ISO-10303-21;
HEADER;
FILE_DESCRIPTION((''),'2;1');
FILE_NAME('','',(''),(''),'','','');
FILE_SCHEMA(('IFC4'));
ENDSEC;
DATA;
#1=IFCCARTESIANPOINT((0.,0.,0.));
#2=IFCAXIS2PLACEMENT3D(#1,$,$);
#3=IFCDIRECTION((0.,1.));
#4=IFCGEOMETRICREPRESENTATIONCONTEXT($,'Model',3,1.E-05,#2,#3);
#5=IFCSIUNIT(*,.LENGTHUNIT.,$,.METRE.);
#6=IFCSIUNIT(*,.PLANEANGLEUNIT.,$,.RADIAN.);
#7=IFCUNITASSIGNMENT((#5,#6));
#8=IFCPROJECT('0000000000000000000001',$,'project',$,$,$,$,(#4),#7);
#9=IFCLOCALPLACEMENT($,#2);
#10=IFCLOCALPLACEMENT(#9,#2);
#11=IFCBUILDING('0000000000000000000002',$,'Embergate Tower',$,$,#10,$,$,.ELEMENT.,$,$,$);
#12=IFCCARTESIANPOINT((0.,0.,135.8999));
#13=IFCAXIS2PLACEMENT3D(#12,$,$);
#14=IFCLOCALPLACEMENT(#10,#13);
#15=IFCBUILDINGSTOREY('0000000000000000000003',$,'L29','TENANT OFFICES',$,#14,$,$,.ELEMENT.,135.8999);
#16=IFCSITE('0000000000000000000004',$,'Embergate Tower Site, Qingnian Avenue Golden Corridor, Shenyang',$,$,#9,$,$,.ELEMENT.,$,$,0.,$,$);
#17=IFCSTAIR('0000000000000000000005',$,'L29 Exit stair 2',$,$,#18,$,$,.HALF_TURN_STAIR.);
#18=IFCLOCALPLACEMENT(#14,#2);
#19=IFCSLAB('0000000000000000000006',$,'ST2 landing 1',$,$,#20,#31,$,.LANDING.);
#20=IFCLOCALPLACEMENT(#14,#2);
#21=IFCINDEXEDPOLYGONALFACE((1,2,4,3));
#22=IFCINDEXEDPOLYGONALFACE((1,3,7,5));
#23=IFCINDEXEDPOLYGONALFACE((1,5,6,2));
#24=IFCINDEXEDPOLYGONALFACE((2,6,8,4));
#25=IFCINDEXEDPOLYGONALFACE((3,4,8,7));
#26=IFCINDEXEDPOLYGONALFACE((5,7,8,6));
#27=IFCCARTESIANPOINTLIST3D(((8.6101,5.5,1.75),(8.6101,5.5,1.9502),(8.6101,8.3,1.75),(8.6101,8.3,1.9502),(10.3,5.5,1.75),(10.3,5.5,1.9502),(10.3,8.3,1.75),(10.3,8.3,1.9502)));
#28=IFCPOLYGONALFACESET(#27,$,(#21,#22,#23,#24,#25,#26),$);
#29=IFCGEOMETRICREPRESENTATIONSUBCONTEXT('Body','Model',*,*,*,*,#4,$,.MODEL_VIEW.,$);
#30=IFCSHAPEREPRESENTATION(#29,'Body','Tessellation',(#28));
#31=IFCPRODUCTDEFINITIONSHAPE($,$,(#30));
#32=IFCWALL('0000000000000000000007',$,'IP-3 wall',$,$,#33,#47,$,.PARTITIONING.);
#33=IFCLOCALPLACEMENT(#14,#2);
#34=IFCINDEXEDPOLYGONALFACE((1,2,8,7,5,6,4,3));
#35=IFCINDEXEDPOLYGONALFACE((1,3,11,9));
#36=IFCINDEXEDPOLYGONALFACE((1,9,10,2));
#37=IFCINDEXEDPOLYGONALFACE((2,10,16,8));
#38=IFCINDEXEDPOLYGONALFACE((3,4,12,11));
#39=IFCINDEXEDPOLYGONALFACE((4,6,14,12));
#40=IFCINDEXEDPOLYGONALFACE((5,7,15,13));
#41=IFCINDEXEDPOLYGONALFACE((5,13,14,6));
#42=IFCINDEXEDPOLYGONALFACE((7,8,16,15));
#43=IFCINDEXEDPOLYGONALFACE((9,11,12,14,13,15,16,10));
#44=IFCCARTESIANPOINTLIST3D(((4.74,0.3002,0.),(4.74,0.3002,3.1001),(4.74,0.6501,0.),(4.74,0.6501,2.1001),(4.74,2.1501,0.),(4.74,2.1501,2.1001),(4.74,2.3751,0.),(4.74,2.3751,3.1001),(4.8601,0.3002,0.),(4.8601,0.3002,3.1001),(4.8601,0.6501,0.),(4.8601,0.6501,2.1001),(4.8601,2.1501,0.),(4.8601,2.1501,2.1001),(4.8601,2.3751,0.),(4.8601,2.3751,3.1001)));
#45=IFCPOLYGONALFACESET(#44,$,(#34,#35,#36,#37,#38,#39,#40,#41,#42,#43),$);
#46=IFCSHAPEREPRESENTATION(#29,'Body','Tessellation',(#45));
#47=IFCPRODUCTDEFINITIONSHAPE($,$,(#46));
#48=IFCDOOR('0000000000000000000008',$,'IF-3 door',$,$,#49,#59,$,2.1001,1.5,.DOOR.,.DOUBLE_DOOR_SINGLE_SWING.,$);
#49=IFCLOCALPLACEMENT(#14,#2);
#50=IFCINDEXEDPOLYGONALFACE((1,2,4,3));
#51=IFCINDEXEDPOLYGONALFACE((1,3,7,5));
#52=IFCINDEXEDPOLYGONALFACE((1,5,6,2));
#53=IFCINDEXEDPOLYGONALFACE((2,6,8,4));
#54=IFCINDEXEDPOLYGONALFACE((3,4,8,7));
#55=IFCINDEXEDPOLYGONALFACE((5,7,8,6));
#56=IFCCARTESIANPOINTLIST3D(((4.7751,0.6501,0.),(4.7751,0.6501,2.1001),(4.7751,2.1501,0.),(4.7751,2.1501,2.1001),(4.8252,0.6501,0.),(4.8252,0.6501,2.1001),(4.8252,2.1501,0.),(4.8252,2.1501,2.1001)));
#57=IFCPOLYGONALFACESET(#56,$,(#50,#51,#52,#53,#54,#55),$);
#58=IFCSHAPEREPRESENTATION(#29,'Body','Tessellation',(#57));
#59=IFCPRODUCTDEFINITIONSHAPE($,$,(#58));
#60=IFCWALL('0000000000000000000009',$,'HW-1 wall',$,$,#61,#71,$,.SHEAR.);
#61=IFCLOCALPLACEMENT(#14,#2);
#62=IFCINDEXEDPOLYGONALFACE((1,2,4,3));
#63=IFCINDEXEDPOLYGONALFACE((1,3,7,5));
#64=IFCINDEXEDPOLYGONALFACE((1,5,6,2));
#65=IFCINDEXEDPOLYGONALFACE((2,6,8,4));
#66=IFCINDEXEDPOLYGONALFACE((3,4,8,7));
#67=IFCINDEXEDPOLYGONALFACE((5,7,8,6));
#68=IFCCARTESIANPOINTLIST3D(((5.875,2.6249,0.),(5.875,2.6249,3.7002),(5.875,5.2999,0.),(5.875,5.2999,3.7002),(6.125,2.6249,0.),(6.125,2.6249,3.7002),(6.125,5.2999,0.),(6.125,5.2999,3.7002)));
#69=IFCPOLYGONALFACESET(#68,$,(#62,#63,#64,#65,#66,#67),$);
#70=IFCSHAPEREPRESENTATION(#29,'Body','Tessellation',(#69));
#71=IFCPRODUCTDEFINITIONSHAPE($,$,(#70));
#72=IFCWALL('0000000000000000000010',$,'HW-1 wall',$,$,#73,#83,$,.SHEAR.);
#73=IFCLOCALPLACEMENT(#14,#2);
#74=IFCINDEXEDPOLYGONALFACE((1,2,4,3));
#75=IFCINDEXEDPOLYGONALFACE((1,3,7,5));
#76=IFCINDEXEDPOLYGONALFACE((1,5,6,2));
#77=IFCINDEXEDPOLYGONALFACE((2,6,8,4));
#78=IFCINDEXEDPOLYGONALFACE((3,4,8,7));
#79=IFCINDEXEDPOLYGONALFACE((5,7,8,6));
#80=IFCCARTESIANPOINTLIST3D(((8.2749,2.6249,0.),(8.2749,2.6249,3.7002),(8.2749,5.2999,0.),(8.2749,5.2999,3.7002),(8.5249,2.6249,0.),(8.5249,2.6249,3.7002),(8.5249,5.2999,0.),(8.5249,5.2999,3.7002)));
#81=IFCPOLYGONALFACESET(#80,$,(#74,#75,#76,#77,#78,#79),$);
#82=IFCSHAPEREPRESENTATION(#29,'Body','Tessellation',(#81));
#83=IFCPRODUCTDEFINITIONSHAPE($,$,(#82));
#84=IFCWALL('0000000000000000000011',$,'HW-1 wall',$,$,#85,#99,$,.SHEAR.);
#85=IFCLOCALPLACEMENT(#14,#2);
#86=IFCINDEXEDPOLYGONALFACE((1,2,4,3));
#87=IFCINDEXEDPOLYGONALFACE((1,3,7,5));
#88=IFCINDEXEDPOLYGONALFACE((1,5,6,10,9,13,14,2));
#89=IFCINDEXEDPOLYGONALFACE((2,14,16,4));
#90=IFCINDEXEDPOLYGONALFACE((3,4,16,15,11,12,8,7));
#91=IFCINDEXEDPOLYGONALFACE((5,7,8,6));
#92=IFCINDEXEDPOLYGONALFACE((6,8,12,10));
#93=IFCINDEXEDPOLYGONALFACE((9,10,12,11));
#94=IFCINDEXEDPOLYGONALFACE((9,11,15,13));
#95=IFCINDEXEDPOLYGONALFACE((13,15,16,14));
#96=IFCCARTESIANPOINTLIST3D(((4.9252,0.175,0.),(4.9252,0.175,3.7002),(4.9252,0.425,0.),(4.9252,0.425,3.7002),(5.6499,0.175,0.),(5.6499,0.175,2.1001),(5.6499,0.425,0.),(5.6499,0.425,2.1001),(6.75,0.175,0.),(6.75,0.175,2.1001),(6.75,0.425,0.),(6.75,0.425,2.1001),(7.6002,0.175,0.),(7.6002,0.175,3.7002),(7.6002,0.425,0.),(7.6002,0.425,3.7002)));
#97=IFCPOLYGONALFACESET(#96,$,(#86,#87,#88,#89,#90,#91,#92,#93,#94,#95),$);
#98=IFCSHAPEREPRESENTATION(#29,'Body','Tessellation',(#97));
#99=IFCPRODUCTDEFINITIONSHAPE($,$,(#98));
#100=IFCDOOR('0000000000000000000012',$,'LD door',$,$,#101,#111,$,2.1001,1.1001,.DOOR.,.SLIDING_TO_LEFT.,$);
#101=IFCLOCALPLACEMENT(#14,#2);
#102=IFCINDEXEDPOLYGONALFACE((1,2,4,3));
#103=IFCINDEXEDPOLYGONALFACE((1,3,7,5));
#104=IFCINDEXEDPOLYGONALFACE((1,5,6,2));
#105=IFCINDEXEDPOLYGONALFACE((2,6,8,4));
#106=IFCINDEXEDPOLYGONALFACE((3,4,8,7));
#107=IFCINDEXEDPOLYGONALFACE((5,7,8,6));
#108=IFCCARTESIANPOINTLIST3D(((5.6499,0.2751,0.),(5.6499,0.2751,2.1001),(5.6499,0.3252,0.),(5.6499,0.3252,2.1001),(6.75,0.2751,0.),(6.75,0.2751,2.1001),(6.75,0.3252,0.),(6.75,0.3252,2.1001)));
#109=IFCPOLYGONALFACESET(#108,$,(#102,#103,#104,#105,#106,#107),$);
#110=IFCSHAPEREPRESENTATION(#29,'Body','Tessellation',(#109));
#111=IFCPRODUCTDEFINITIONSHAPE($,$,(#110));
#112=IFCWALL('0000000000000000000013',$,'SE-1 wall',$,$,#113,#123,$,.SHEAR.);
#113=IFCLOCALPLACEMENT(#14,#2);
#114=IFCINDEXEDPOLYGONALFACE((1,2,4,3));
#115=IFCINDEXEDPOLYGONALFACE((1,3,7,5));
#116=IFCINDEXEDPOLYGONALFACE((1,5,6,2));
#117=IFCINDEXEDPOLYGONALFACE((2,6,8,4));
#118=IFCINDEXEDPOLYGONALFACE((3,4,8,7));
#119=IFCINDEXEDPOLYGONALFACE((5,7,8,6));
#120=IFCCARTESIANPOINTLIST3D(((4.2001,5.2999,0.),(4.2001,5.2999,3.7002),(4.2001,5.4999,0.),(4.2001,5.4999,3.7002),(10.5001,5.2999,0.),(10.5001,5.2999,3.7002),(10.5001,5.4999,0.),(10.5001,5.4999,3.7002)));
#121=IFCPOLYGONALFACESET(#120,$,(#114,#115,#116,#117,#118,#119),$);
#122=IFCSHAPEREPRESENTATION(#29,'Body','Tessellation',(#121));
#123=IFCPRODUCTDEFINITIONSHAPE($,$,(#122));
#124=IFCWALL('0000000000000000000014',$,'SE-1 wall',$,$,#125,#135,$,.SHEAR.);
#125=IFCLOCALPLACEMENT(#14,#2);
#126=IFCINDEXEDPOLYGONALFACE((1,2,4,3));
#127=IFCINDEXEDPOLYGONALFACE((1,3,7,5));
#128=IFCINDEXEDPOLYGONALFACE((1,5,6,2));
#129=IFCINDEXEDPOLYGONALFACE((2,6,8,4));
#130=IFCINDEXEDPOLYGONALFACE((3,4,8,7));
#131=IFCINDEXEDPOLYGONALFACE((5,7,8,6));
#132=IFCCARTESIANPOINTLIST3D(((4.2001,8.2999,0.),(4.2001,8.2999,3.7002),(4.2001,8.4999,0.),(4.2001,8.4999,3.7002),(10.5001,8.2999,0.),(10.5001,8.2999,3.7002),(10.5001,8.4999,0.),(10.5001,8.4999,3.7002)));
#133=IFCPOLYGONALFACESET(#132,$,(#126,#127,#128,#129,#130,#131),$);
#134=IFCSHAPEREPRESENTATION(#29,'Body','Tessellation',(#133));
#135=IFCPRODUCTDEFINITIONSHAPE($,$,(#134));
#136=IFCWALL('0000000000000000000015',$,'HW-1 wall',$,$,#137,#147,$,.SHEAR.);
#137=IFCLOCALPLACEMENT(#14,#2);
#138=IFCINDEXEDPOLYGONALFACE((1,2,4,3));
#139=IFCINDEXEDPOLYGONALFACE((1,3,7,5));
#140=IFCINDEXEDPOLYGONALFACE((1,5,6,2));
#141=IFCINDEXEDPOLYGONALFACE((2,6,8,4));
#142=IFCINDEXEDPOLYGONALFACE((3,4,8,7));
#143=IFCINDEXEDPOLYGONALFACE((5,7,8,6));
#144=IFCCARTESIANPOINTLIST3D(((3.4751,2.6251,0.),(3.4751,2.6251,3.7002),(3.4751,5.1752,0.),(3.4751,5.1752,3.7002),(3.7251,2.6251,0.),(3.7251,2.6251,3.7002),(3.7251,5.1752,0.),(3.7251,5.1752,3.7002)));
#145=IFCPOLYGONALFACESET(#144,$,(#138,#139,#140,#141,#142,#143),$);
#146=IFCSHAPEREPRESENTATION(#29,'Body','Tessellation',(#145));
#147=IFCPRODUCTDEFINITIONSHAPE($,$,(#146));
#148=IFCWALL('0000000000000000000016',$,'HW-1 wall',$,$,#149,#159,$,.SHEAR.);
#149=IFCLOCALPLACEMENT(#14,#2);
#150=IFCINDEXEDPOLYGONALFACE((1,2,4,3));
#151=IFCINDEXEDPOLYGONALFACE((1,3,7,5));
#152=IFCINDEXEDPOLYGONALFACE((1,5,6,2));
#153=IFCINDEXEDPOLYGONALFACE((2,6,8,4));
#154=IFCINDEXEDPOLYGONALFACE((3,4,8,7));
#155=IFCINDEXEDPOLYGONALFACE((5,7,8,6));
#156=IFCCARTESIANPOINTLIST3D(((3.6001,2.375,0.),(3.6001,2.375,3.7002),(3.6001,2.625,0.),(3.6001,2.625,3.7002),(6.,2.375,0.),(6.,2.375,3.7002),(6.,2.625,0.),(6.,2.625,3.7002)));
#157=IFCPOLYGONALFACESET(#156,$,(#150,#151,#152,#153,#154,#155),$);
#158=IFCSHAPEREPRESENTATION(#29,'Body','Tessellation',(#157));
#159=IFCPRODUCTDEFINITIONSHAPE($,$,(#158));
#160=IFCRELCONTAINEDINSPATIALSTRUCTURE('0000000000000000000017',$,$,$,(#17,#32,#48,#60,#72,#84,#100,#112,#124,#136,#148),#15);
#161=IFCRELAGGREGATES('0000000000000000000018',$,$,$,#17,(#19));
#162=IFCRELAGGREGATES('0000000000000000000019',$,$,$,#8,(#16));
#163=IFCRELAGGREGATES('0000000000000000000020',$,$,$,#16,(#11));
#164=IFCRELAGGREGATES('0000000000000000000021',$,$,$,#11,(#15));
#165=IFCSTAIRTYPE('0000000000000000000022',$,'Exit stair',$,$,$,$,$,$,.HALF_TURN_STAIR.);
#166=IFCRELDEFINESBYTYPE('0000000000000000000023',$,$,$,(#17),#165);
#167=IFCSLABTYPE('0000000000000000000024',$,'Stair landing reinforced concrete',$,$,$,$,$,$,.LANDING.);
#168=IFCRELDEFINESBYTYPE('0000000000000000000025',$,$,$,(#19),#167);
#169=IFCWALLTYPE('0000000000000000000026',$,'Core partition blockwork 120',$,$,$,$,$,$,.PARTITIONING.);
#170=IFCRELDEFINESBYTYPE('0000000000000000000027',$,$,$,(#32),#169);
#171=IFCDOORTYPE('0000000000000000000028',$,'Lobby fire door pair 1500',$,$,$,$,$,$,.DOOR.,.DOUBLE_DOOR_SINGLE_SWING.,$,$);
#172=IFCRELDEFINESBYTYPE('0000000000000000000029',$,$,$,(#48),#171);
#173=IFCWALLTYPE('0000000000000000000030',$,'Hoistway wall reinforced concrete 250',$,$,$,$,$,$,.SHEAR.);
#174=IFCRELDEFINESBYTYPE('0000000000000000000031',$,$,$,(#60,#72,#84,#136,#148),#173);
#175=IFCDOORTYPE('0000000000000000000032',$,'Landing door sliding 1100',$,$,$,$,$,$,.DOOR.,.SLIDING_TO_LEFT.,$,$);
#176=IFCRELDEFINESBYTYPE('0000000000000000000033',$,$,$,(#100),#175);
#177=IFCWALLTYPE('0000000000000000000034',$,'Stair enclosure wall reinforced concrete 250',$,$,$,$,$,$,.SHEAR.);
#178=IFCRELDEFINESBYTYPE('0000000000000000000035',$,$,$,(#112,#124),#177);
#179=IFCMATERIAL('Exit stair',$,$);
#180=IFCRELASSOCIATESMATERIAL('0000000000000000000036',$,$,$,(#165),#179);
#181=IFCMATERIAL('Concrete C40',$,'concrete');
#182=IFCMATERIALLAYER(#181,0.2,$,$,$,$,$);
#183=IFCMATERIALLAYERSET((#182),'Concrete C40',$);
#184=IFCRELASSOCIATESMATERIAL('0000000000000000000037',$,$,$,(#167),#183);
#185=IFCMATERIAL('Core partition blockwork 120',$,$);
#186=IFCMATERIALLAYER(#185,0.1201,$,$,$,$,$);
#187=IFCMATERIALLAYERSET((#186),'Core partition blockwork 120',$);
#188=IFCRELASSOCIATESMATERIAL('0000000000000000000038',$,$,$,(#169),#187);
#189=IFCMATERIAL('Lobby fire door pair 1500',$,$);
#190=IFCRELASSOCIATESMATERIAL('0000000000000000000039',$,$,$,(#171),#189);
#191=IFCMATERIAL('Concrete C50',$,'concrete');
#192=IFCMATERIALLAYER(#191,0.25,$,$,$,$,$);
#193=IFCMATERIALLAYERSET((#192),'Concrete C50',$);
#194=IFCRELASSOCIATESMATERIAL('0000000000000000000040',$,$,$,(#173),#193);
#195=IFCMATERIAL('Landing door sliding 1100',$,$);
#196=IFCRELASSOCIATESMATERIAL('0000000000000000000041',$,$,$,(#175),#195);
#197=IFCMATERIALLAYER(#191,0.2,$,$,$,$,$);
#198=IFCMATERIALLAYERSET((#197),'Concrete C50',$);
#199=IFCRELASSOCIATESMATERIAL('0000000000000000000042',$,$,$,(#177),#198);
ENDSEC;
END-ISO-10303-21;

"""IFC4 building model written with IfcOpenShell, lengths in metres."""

from ifc_helpers import new_model, si_unit, direction, frame, frame_2d, origin, place, context, subcontext, project, spatial, polyline, rectangle, outline, extrude, source, transform, mapped, material, layer, layer_set, type_object, element, fill, aggregate, save


model = new_model("IFC4")

# Units and contexts
model_context = context("Model", 3, precision=1e-05, world=origin(), true_north=direction((0.0, 1.0)))
body_context = subcontext(model_context, "Body", "Model", "MODEL_VIEW")
ifc_project = project(units=[si_unit("LENGTHUNIT", "METRE"), si_unit("PLANEANGLEUNIT", "RADIAN")], contexts=[model_context])

# Site, building, storey
site_placement = place(None, origin())
site = spatial("IfcSite", under=ifc_project, at=site_placement, Name="Embergate Tower Site, Qingnian Avenue Golden Corridor, Shenyang", CompositionType="ELEMENT", RefElevation=0.0)
building_placement = place(site_placement, origin())
building = spatial("IfcBuilding", under=site, at=building_placement, Name="Embergate Tower", CompositionType="ELEMENT")
storey_placement = place(building_placement, frame((0.0, 0.0, 135.8999)))
storey = spatial("IfcBuildingStorey", under=building, at=storey_placement, Name="L29", Description="TENANT OFFICES", CompositionType="ELEMENT", Elevation=135.8999)

# Stair, slab
ifc_material_1 = material(Name="Exit stair")
stair_type = type_object("IfcStairType", Name="Exit stair", PredefinedType="HALF_TURN_STAIR", material=ifc_material_1)
stair_placement = place(storey_placement, origin())
stair = element("IfcStair", 1, at=stair_placement, inside=storey, type_object=stair_type, Name="L29 Exit stair 2", PredefinedType="HALF_TURN_STAIR")
ifc_material_2 = material(Name="Concrete C40", Category="concrete")
ifc_layer_1 = layer(ifc_material_2, 0.2)
ifc_layer_set_1 = layer_set([ifc_layer_1], Name="Concrete C40")
slab_type = type_object("IfcSlabType", Name="Stair landing reinforced concrete", PredefinedType="LANDING", material=ifc_layer_set_1)
shared_shape_1 = source(origin(), body_context, "Body", "SweptSolid", [
    extrude(outline(polyline([(0.0, 0.0), (1.6899, 0.0), (1.6899, 2.8), (0.0, 2.8), (0.0, 0.0)])), origin(), (0.0, 0.0, 1.0), 0.2002),
])
slab_placement = place(storey_placement, frame((8.6101, 5.5, 1.75)))
slab = element("IfcSlab", 2, at=slab_placement, type_object=slab_type, Name="ST2 landing 1", PredefinedType="LANDING", context=body_context, shape_type="MappedRepresentation", body=[
    mapped(shared_shape_1, transform((0.0, 0.0, 0.0))),
])

# Wall, opening, door
ifc_material_3 = material(Name="Core partition blockwork 120")
ifc_layer_2 = layer(ifc_material_3, 0.1201)
ifc_layer_set_2 = layer_set([ifc_layer_2], Name="Core partition blockwork 120")
wall_type_1 = type_object("IfcWallType", Name="Core partition blockwork 120", PredefinedType="PARTITIONING", material=ifc_layer_set_2)
shared_shape_2 = source(origin(), body_context, "Body", "SweptSolid", [
    extrude(rectangle(XDim=2.075, YDim=0.1201, at=frame_2d((1.0376, 0.0))), origin(), (0.0, 0.0, 1.0), 3.1001),
])
wall_1_placement = place(storey_placement, frame((4.8, 0.3, 0.0), z_axis=(0.0, 0.0, 1.0), x_axis=(0.0, 1.0, 0.0)))
wall_1 = element("IfcWall", 3, at=wall_1_placement, inside=storey, type_object=wall_type_1, Name="IP-3 wall", PredefinedType="PARTITIONING", context=body_context, shape_type="MappedRepresentation", body=[
    mapped(shared_shape_2, transform((0.0, 0.0, 0.0))),
])
shared_shape_3 = source(origin(), body_context, "Body", "SweptSolid", [
    extrude(rectangle(XDim=1.5, YDim=2.1001, at=frame_2d((0.75, 1.05))), frame((0.0, 0.0701, 0.0), z_axis=(0.0, -1.0, 0.0), x_axis=(1.0, 0.0, 0.0)), (0.0, 0.0, 1.0), 0.1401),
])
opening_1_placement = place(wall_1_placement, frame((0.3501, 0.0, 0.0)))
opening_1 = element("IfcOpeningElement", 4, at=opening_1_placement, cuts=wall_1, PredefinedType="OPENING", context=body_context, shape_type="MappedRepresentation", body=[
    mapped(shared_shape_3, transform((0.0, 0.0, 0.0))),
])
ifc_material_4 = material(Name="Lobby fire door pair 1500")
door_type_1 = type_object("IfcDoorType", Name="Lobby fire door pair 1500", OperationType="DOUBLE_DOOR_SINGLE_SWING", PredefinedType="DOOR", material=ifc_material_4)
shared_shape_4 = source(origin(), body_context, "Body", "SweptSolid", [
    extrude(rectangle(XDim=1.5, YDim=2.1001, at=frame_2d((0.75, 1.05))), frame((0.0, 0.0249, 0.0), z_axis=(0.0, -1.0, 0.0), x_axis=(1.0, 0.0, 0.0)), (0.0, 0.0, 1.0), 0.05),
])
door_1_placement = place(opening_1_placement, origin())
door_1 = element("IfcDoor", 5, at=door_1_placement, inside=storey, type_object=door_type_1, Name="IF-3 door", OperationType="DOUBLE_DOOR_SINGLE_SWING", OverallHeight=2.1001, OverallWidth=1.5, PredefinedType="DOOR", context=body_context, shape_type="MappedRepresentation", body=[
    mapped(shared_shape_4, transform((0.0, 0.0, 0.0))),
])
fill(opening_1, door_1)

# Walls
ifc_material_5 = material(Name="Concrete C50", Category="concrete")
ifc_layer_3 = layer(ifc_material_5, 0.25)
ifc_layer_set_3 = layer_set([ifc_layer_3], Name="Concrete C50")
wall_type_2 = type_object("IfcWallType", Name="Hoistway wall reinforced concrete 250", PredefinedType="SHEAR", material=ifc_layer_set_3)
shared_shape_5 = source(origin(), body_context, "Body", "SweptSolid", [
    extrude(rectangle(XDim=2.675, YDim=0.25, at=frame_2d((1.3374, 0.0))), origin(), (0.0, 0.0, 1.0), 3.7002),
])
for number, where, z_axis, x_axis, name in (
    (6, (6.0, 2.625, 0.0), (0.0, 0.0, 1.0), (0.0, 1.0, 0.0), "HW-1 wall"),
    (7, (8.3999, 2.625, 0.0), (0.0, 0.0, 1.0), (0.0, 1.0, 0.0), "HW-1 wall"),
):
    element("IfcWall", number, at=place(storey_placement, frame(where, z_axis=z_axis, x_axis=x_axis)), inside=storey, type_object=wall_type_2, Name=name, PredefinedType="SHEAR", context=body_context, shape_type="MappedRepresentation", body=[
        mapped(shared_shape_5, transform((0.0, 0.0, 0.0))),
    ])

# Wall, opening, door
wall_2_placement = place(storey_placement, frame((7.6001, 0.3, 0.0), z_axis=(0.0, 0.0, 1.0), x_axis=(-1.0, 0.0, 0.0)))
wall_2 = element("IfcWall", 8, at=wall_2_placement, inside=storey, type_object=wall_type_2, Name="HW-1 wall", PredefinedType="SHEAR", context=body_context, shape_type="MappedRepresentation", body=[
    mapped(shared_shape_5, transform((0.0, 0.0, 0.0))),
])
shared_shape_6 = source(origin(), body_context, "Body", "SweptSolid", [
    extrude(rectangle(XDim=1.1001, YDim=2.1001, at=frame_2d((0.55, 1.05))), frame((0.0, 0.135, 0.0), z_axis=(0.0, -1.0, 0.0), x_axis=(1.0, 0.0, 0.0)), (0.0, 0.0, 1.0), 0.27),
])
opening_2_placement = place(wall_2_placement, frame((0.8501, 0.0, 0.0)))
opening_2 = element("IfcOpeningElement", 9, at=opening_2_placement, cuts=wall_2, PredefinedType="OPENING", context=body_context, shape_type="MappedRepresentation", body=[
    mapped(shared_shape_6, transform((0.0, 0.0, 0.0))),
])
ifc_material_6 = material(Name="Landing door sliding 1100")
door_type_2 = type_object("IfcDoorType", Name="Landing door sliding 1100", OperationType="SLIDING_TO_LEFT", PredefinedType="DOOR", material=ifc_material_6)
shared_shape_7 = source(origin(), body_context, "Body", "SweptSolid", [
    extrude(rectangle(XDim=1.1001, YDim=2.1001, at=frame_2d((0.55, 1.05))), frame((0.0, 0.0249, 0.0), z_axis=(0.0, -1.0, 0.0), x_axis=(1.0, 0.0, 0.0)), (0.0, 0.0, 1.0), 0.05),
])
door_2_placement = place(opening_2_placement, origin())
door_2 = element("IfcDoor", 10, at=door_2_placement, inside=storey, type_object=door_type_2, Name="LD door", OperationType="SLIDING_TO_LEFT", OverallHeight=2.1001, OverallWidth=1.1001, PredefinedType="DOOR", context=body_context, shape_type="MappedRepresentation", body=[
    mapped(shared_shape_7, transform((0.0, 0.0, 0.0))),
])
fill(opening_2, door_2)

# Walls
ifc_layer_4 = layer(ifc_material_5, 0.2)
ifc_layer_set_4 = layer_set([ifc_layer_4], Name="Concrete C50")
wall_type_3 = type_object("IfcWallType", Name="Stair enclosure wall reinforced concrete 250", PredefinedType="SHEAR", material=ifc_layer_set_4)
shared_shape_8 = source(origin(), body_context, "Body", "SweptSolid", [
    extrude(rectangle(XDim=6.3, YDim=0.2, at=frame_2d((3.1499, 0.0))), origin(), (0.0, 0.0, 1.0), 3.7002),
])
for number, where, z_axis, x_axis, name in (
    (11, (10.5, 5.3999, 0.0), (0.0, 0.0, 1.0), (-1.0, 0.0, 0.0), "SE-1 wall"),
    (12, (10.5, 8.3999, 0.0), (0.0, 0.0, 1.0), (-1.0, 0.0, 0.0), "SE-1 wall"),
):
    element("IfcWall", number, at=place(storey_placement, frame(where, z_axis=z_axis, x_axis=x_axis)), inside=storey, type_object=wall_type_3, Name=name, PredefinedType="SHEAR", context=body_context, shape_type="MappedRepresentation", body=[
        mapped(shared_shape_8, transform((0.0, 0.0, 0.0))),
    ])
shared_shape_9 = source(origin(), body_context, "Body", "SweptSolid", [
    extrude(rectangle(XDim=2.55, YDim=0.25, at=frame_2d((1.2749, 0.0))), origin(), (0.0, 0.0, 1.0), 3.7002),
])
wall_3_placement = place(storey_placement, frame((3.6001, 5.175, 0.0), z_axis=(0.0, 0.0, 1.0), x_axis=(0.0, -1.0, 0.0)))
element("IfcWall", 13, at=wall_3_placement, inside=storey, type_object=wall_type_2, Name="HW-1 wall", PredefinedType="SHEAR", context=body_context, shape_type="MappedRepresentation", body=[
    mapped(shared_shape_9, transform((0.0, 0.0, 0.0))),
])
shared_shape_10 = source(origin(), body_context, "Body", "SweptSolid", [
    extrude(rectangle(XDim=2.3999, YDim=0.25, at=frame_2d((1.2, 0.0))), origin(), (0.0, 0.0, 1.0), 3.7002),
])
wall_4_placement = place(storey_placement, frame((3.6001, 2.5, 0.0), z_axis=(0.0, 0.0, 1.0), x_axis=(1.0, 0.0, 0.0)))
element("IfcWall", 14, at=wall_4_placement, inside=storey, type_object=wall_type_2, Name="HW-1 wall", PredefinedType="SHEAR", context=body_context, shape_type="MappedRepresentation", body=[
    mapped(shared_shape_10, transform((0.0, 0.0, 0.0))),
])

aggregate(stair, [slab])

save(model, "model.ifc")
